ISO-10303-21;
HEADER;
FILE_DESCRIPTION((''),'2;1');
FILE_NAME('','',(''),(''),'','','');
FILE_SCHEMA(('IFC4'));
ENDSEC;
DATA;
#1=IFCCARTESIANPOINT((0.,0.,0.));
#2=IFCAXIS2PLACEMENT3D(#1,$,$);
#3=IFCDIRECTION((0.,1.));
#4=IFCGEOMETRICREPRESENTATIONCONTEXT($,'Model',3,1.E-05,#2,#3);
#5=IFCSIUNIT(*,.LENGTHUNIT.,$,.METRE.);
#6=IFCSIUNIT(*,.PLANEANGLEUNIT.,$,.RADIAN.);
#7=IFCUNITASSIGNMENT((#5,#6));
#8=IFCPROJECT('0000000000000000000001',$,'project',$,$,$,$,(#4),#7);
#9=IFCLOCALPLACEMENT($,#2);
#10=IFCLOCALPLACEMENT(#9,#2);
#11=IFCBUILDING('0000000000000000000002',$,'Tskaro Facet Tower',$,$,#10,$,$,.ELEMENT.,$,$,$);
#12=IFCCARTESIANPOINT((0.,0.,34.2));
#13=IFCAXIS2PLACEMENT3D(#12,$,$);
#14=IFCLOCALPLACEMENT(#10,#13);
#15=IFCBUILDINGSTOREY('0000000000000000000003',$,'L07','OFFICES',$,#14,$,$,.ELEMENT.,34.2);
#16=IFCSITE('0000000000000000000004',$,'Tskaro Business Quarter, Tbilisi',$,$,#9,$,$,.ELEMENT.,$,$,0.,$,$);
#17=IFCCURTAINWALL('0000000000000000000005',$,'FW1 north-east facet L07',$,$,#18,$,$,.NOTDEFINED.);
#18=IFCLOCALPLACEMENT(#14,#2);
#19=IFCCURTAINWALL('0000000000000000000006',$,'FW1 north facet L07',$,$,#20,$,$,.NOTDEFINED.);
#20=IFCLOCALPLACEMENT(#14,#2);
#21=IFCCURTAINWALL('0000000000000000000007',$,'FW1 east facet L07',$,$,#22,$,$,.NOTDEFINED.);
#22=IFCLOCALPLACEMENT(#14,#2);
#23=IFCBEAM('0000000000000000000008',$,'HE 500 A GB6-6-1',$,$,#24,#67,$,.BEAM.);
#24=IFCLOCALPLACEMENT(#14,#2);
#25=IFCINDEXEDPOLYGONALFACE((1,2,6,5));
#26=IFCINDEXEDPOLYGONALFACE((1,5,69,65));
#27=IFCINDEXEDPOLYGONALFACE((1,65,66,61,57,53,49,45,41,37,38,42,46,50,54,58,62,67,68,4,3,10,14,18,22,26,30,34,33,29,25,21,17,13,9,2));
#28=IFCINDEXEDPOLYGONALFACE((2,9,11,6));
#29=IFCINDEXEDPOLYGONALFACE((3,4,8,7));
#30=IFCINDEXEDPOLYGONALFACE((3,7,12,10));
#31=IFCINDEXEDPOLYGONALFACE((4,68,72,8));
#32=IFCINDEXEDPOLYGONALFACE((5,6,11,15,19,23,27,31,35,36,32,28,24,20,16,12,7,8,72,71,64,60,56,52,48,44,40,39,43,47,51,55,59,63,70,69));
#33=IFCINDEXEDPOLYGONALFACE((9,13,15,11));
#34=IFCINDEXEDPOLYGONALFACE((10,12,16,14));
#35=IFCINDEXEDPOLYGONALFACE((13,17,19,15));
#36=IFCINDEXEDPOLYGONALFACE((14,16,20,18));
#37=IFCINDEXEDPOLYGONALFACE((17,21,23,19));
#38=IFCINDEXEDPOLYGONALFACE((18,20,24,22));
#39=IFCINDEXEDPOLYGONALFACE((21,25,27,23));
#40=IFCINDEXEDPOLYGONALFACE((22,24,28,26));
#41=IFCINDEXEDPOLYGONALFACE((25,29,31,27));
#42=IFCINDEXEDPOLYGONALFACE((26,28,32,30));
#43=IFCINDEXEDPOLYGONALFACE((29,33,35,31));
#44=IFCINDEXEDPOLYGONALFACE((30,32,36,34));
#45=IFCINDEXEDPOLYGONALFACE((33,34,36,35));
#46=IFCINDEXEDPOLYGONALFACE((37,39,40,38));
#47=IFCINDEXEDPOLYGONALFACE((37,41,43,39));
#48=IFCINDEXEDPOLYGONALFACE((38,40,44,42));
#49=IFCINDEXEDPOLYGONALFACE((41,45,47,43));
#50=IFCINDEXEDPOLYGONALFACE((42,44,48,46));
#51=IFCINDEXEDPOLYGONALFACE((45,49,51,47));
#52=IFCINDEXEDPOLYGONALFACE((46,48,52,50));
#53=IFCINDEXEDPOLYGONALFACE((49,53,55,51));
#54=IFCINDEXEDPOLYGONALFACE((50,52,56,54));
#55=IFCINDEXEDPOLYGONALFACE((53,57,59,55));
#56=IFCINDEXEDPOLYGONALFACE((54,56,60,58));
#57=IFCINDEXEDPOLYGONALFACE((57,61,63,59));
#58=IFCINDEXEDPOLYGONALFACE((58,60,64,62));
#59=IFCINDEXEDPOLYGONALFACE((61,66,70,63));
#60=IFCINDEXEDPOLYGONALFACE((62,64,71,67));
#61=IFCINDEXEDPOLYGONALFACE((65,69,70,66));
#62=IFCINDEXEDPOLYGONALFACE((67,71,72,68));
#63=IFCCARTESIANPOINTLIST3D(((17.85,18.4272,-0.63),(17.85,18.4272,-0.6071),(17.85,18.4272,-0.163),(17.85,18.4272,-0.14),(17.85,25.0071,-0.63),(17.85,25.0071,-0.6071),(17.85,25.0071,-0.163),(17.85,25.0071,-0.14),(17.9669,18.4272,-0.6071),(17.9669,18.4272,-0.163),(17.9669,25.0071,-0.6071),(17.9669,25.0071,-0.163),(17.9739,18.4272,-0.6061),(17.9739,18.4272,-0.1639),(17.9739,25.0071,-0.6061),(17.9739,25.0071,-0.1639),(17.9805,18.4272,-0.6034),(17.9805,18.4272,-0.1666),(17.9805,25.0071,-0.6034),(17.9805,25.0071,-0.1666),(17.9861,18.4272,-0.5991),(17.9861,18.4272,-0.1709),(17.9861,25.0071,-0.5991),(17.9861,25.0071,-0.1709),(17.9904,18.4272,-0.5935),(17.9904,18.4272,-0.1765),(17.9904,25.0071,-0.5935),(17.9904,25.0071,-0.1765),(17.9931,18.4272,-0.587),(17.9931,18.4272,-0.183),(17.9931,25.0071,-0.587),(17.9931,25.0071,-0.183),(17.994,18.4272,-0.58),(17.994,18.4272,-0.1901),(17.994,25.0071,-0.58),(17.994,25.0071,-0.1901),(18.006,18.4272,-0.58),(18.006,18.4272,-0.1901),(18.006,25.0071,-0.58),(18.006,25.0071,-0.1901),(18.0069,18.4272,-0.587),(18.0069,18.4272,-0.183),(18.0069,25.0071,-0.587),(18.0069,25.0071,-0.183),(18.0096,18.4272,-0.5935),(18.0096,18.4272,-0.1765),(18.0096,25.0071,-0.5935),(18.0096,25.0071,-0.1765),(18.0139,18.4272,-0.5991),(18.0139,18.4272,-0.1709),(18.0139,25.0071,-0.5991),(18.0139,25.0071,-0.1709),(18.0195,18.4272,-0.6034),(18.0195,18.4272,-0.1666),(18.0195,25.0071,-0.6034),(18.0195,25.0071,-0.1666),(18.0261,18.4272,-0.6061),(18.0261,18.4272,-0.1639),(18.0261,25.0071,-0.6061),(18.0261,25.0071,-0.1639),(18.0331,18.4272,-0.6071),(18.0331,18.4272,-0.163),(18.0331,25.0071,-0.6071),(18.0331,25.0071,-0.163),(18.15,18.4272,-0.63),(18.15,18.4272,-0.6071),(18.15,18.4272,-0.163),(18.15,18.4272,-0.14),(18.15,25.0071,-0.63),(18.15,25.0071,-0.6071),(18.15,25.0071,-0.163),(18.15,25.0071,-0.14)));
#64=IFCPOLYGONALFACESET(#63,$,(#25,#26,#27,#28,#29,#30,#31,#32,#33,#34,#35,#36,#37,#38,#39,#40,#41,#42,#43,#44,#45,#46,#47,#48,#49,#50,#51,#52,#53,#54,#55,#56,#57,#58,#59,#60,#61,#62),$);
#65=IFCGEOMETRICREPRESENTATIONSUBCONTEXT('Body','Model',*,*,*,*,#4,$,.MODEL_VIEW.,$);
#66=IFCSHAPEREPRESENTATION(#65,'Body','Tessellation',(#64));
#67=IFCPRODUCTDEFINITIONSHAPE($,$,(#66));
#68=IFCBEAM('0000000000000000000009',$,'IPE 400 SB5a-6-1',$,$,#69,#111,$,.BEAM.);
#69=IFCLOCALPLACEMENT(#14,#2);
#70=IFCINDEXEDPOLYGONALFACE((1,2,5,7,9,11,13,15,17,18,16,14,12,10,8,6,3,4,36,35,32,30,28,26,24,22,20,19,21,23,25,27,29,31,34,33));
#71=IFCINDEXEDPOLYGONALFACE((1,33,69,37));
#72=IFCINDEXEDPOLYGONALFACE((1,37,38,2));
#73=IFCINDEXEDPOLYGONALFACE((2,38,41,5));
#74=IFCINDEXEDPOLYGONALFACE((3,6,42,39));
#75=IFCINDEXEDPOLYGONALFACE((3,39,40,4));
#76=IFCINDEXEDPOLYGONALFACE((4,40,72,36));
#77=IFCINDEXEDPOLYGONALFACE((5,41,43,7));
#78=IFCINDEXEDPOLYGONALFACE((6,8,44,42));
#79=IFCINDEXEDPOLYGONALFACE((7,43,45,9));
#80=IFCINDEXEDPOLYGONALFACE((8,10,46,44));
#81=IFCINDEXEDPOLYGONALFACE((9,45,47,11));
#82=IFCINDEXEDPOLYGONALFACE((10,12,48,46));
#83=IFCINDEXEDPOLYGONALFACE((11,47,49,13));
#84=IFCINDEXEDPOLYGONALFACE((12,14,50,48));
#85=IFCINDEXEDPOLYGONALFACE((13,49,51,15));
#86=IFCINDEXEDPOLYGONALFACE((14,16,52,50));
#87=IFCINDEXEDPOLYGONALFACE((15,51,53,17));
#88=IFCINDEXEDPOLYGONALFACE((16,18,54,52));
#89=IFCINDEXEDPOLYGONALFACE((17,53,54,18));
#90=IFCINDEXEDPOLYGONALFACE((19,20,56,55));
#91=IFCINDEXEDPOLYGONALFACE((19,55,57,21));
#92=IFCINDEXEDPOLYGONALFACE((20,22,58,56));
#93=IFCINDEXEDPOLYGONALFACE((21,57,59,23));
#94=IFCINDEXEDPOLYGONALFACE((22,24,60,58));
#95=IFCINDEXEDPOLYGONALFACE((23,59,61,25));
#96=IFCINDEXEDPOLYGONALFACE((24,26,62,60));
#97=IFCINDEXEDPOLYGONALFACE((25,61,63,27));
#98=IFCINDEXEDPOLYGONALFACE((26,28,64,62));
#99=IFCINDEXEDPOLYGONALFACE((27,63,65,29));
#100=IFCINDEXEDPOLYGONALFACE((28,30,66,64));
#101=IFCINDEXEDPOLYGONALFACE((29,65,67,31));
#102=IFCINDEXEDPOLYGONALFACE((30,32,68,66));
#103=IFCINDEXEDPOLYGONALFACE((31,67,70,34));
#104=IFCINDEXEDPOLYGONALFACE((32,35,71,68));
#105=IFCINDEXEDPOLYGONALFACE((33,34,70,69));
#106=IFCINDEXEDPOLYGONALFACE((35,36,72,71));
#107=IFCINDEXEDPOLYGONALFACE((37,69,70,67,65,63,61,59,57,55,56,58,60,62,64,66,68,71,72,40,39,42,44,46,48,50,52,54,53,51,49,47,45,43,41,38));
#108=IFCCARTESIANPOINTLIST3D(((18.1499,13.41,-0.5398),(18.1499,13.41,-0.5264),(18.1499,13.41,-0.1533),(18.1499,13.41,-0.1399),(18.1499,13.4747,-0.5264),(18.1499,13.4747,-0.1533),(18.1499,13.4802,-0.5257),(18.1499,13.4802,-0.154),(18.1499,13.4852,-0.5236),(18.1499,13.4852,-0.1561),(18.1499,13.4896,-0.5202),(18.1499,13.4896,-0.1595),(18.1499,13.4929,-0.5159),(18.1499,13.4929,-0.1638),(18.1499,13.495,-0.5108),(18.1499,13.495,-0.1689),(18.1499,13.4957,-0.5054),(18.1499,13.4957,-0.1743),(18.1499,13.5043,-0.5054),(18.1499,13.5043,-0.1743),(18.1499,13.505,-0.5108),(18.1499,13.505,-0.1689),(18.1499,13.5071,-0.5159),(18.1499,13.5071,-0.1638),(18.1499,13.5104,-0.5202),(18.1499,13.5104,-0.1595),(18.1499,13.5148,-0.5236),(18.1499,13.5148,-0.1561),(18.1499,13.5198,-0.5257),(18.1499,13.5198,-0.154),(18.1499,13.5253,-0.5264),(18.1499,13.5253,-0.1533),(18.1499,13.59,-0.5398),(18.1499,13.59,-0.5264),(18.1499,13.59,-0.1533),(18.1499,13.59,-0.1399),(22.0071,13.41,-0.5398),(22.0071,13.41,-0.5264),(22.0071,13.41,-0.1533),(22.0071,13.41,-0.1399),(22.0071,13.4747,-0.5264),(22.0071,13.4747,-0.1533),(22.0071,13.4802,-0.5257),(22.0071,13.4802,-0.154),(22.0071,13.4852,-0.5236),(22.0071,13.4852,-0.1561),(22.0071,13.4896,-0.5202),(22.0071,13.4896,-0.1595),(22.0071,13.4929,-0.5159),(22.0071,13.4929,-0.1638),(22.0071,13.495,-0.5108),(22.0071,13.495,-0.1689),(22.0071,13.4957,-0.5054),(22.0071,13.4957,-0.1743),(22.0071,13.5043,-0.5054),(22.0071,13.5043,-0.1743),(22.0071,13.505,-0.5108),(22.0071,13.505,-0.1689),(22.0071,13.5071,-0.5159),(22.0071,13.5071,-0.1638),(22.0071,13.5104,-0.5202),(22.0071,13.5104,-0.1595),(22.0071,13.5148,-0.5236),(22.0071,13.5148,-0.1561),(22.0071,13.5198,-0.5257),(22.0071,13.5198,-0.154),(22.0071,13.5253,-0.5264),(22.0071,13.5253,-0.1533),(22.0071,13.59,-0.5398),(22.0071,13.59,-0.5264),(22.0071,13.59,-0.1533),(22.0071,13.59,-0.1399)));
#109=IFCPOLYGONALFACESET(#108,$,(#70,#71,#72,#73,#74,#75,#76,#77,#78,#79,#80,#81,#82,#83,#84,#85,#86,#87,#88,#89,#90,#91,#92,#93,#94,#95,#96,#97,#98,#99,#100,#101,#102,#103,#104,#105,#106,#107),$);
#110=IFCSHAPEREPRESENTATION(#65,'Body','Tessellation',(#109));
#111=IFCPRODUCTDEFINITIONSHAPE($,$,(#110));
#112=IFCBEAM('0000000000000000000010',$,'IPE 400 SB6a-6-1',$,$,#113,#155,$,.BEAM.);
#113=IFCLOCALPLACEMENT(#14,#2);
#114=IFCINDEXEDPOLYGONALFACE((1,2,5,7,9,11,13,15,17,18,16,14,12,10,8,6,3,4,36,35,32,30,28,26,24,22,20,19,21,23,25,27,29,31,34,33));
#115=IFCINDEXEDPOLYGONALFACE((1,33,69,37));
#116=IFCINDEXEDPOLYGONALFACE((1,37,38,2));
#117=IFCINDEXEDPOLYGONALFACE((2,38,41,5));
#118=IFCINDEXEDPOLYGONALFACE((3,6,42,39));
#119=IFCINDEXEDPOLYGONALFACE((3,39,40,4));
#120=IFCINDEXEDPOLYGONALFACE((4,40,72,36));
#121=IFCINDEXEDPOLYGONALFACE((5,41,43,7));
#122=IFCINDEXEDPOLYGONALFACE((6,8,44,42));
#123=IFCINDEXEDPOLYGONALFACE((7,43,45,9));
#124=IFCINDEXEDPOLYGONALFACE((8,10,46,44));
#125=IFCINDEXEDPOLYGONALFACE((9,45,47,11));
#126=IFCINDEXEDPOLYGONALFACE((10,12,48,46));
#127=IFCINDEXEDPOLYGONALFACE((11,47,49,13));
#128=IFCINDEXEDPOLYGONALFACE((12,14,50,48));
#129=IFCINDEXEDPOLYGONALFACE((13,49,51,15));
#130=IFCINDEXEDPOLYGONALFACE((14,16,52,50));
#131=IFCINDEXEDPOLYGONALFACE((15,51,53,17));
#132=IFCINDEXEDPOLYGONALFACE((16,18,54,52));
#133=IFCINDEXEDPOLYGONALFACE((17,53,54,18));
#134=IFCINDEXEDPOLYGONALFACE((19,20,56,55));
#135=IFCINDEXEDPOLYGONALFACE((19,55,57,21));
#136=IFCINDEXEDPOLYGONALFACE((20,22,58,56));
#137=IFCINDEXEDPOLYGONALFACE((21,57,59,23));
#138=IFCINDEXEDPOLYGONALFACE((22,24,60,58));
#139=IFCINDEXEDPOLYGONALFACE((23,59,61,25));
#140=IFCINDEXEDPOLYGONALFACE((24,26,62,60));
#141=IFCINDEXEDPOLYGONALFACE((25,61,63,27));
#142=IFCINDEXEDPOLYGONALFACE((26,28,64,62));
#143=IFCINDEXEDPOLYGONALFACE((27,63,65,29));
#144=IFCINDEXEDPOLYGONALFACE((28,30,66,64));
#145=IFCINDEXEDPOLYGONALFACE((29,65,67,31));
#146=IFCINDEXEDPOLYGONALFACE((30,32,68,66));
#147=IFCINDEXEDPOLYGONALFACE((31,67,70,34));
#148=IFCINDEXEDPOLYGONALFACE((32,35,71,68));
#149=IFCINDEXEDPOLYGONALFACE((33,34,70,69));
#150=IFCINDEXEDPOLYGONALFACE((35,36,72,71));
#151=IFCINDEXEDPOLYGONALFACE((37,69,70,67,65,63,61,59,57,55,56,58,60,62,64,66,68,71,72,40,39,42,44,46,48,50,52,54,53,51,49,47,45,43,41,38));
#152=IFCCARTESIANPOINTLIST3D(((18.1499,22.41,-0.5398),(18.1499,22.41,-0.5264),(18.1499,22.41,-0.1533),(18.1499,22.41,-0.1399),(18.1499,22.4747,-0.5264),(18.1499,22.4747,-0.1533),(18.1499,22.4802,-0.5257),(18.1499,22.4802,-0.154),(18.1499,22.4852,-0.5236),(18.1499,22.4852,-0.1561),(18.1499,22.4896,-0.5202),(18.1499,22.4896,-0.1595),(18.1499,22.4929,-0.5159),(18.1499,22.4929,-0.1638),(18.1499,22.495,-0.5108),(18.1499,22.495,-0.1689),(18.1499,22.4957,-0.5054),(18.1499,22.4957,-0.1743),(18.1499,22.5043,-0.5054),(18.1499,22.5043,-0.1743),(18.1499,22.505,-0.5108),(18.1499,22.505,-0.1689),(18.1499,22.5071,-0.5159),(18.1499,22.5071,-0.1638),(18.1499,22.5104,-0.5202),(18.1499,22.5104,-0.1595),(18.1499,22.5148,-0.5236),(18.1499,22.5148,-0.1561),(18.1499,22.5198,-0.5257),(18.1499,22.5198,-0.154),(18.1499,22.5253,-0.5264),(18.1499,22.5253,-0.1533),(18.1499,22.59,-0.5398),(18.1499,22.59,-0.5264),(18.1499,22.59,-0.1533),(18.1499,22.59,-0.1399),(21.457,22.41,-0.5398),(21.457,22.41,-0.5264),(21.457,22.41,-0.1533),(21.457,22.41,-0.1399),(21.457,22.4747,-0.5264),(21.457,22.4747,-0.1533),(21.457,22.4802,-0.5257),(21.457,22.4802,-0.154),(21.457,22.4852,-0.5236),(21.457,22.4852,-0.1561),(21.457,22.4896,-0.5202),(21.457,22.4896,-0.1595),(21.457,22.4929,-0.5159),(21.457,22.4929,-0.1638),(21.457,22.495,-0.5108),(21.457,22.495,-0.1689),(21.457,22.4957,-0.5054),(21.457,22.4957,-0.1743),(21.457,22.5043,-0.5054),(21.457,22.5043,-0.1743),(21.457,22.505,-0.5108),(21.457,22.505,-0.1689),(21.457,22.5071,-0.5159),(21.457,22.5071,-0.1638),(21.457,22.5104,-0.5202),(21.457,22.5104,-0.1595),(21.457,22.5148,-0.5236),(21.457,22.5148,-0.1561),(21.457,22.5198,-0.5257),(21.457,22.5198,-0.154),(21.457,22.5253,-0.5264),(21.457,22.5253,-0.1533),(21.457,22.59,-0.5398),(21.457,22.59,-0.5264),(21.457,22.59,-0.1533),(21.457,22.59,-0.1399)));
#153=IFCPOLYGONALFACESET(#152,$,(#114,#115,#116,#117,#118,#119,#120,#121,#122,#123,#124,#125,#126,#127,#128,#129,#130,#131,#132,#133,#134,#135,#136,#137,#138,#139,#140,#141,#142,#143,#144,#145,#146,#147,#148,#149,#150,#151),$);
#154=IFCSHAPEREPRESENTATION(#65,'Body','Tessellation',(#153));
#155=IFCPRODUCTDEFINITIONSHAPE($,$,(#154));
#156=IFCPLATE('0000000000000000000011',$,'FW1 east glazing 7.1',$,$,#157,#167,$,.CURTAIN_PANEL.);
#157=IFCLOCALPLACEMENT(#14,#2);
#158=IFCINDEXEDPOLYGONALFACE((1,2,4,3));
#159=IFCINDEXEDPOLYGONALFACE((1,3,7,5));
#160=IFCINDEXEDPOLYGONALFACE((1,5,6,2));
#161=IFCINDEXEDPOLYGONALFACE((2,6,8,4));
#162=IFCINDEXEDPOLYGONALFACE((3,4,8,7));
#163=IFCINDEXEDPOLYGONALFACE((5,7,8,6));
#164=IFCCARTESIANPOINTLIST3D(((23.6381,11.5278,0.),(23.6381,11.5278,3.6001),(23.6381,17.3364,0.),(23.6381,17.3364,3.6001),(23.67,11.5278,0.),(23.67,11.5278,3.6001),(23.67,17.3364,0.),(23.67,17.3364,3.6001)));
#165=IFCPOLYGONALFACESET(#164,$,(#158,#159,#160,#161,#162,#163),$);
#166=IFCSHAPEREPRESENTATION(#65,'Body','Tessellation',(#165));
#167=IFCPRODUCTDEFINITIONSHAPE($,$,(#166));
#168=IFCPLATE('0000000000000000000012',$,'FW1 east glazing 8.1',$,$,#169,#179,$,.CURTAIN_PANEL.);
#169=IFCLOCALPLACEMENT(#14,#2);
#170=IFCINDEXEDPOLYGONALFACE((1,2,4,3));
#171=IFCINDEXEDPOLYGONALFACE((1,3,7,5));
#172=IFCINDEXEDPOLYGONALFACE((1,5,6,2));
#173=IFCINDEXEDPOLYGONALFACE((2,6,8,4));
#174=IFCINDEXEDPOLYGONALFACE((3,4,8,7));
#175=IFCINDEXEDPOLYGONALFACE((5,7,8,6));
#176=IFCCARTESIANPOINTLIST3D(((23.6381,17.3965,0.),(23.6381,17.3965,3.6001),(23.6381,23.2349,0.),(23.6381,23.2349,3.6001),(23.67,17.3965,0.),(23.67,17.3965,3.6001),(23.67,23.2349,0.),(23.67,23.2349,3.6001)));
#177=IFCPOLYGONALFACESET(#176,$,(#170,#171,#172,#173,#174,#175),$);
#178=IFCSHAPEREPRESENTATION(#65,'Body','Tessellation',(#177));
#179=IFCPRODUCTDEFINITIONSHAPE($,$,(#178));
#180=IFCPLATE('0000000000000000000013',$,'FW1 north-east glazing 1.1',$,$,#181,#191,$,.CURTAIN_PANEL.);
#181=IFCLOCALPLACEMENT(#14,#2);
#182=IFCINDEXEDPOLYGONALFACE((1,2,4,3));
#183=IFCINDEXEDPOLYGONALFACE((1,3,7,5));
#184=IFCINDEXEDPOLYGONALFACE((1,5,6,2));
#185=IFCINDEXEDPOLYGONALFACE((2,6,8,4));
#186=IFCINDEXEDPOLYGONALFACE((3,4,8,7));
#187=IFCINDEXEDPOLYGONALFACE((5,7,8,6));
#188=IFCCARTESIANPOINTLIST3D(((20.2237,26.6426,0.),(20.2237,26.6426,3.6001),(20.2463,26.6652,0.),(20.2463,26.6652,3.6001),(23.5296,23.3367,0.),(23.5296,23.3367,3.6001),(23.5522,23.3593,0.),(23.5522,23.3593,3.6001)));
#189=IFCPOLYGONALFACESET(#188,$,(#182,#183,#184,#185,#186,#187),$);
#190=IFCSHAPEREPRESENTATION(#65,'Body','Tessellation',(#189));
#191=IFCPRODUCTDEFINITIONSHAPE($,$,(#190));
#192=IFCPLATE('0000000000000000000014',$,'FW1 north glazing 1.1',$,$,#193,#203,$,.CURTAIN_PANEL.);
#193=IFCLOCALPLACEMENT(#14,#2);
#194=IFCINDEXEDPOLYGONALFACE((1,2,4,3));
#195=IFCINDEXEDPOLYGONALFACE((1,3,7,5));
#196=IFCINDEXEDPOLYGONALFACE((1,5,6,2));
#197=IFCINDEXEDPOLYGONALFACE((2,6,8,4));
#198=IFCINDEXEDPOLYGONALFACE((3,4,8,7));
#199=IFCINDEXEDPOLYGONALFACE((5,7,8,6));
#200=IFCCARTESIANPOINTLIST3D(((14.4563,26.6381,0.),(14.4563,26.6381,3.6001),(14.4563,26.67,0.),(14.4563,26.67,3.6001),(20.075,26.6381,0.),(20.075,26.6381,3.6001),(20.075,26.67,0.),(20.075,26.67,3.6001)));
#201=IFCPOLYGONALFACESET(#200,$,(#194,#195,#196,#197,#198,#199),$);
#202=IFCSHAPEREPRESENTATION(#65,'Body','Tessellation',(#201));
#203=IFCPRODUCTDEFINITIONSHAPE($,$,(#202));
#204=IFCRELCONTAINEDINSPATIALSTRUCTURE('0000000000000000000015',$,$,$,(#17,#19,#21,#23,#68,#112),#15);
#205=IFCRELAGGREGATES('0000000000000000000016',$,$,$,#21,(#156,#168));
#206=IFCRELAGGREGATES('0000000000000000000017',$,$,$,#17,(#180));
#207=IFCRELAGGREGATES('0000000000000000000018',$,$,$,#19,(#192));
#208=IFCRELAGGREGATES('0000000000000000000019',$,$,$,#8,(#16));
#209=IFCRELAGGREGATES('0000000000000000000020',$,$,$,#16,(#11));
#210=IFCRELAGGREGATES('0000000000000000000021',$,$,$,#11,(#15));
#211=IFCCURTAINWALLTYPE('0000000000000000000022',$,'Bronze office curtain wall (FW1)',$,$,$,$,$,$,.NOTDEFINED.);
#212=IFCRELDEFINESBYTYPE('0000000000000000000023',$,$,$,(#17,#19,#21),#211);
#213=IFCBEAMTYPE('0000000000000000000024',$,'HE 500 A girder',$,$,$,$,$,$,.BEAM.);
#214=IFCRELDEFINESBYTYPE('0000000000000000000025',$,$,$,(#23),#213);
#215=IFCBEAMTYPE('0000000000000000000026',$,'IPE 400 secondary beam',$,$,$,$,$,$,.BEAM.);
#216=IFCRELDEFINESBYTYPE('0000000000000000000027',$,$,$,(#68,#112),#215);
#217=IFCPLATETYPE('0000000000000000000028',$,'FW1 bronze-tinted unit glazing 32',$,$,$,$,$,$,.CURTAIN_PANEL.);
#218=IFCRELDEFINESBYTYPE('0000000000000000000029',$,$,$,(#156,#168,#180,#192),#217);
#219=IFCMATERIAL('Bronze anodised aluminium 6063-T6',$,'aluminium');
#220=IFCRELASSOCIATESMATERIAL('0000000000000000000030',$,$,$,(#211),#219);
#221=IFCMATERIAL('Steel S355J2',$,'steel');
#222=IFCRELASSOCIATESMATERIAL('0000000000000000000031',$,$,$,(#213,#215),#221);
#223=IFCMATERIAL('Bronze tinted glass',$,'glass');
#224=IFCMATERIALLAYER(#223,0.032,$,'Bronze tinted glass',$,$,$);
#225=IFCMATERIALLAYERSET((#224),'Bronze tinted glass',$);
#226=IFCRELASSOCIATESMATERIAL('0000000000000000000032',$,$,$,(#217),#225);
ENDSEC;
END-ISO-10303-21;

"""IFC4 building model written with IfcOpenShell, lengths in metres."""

from ifc_helpers import new_model, si_unit, direction, frame, origin, origin_2d, place, context, subcontext, project, spatial, rectangle, i_section, extrude, material, layer, layer_set, material_profile, profile_set, type_object, element, aggregate, save


model = new_model("IFC4")

# Units and contexts
model_context = context("Model", 3, precision=1e-05, world=origin(), true_north=direction((0.0, 1.0)))
body_context = subcontext(model_context, "Body", "Model", "MODEL_VIEW")
ifc_project = project(units=[si_unit("LENGTHUNIT", "METRE"), si_unit("PLANEANGLEUNIT", "RADIAN")], contexts=[model_context])

# Site, building, storey
site_placement = place(None, origin())
site = spatial("IfcSite", under=ifc_project, at=site_placement, Name="Tskaro Business Quarter, Tbilisi", CompositionType="ELEMENT", RefElevation=0.0)
building_placement = place(site_placement, origin())
building = spatial("IfcBuilding", under=site, at=building_placement, Name="Tskaro Facet Tower", CompositionType="ELEMENT")
storey_placement = place(building_placement, frame((0.0, 0.0, 34.2)))
storey = spatial("IfcBuildingStorey", under=building, at=storey_placement, Name="L07", Description="OFFICES", CompositionType="ELEMENT", Elevation=34.2)

# Curtain walls
ifc_material_1 = material(Name="Bronze anodised aluminium 6063-T6", Category="aluminium")
curtain_wall_type = type_object("IfcCurtainWallType", Name="Bronze office curtain wall (FW1)", PredefinedType="NOTDEFINED", material=ifc_material_1)
curtain_wall_1_placement = place(storey_placement, origin())
curtain_wall_1 = element("IfcCurtainWall", 1, at=curtain_wall_1_placement, inside=storey, type_object=curtain_wall_type, Name="FW1 north-east facet L07", PredefinedType="NOTDEFINED")
curtain_wall_2_placement = place(storey_placement, origin())
curtain_wall_2 = element("IfcCurtainWall", 2, at=curtain_wall_2_placement, inside=storey, type_object=curtain_wall_type, Name="FW1 north facet L07", PredefinedType="NOTDEFINED")

# Curtain wall
curtain_wall_3_placement = place(storey_placement, origin())
curtain_wall_3 = element("IfcCurtainWall", 3, at=curtain_wall_3_placement, inside=storey, type_object=curtain_wall_type, Name="FW1 east facet L07", PredefinedType="NOTDEFINED")

# Beams
ifc_material_2 = material(Name="Steel S355J2", Category="steel")
ifc_material_profile_1 = material_profile(ifc_material_2, i_section(OverallWidth=0.3, OverallDepth=0.49, WebThickness=0.012, FlangeThickness=0.0229, FilletRadius=0.0271, at=origin_2d()), Name="HE 500 A")
ifc_profile_set_1 = profile_set([ifc_material_profile_1], Name="Steel S355J2")
beam_type_1 = type_object("IfcBeamType", Name="HE 500 A girder", PredefinedType="BEAM", material=ifc_profile_set_1)
beam_1_placement = place(storey_placement, frame((18.0, 18.4272, -0.385), z_axis=(0.0, 1.0, 0.0), x_axis=(-1.0, 0.0, 0.0)))
element("IfcBeam", 4, at=beam_1_placement, inside=storey, type_object=beam_type_1, Name="HE 500 A GB6-6-1", PredefinedType="BEAM", context=body_context, shape_type="SweptSolid", body=[
    extrude(i_section(OverallWidth=0.3, OverallDepth=0.49, WebThickness=0.012, FlangeThickness=0.0229, FilletRadius=0.0271, at=origin_2d()), origin(), (0.0, 0.0, 1.0), 6.5798),
])
ifc_material_profile_2 = material_profile(ifc_material_2, i_section(OverallWidth=0.1799, OverallDepth=0.3999, WebThickness=0.0085, FlangeThickness=0.0134, FilletRadius=0.021, at=origin_2d()), Name="IPE 400")
ifc_profile_set_2 = profile_set([ifc_material_profile_2], Name="Steel S355J2")
beam_type_2 = type_object("IfcBeamType", Name="IPE 400 secondary beam", PredefinedType="BEAM", material=ifc_profile_set_2)
beam_2_placement = place(storey_placement, frame((18.1499, 13.5, -0.3398), z_axis=(1.0, 0.0, 0.0), x_axis=(0.0, 1.0, 0.0)))
element("IfcBeam", 5, at=beam_2_placement, inside=storey, type_object=beam_type_2, Name="IPE 400 SB5a-6-1", PredefinedType="BEAM", context=body_context, shape_type="SweptSolid", body=[
    extrude(i_section(OverallWidth=0.1799, OverallDepth=0.3999, WebThickness=0.0085, FlangeThickness=0.0134, FilletRadius=0.021, at=origin_2d()), origin(), (0.0, 0.0, 1.0), 3.8572),
])
beam_3_placement = place(storey_placement, frame((18.1499, 22.5, -0.3398), z_axis=(1.0, 0.0, 0.0), x_axis=(0.0, 1.0, 0.0)))
element("IfcBeam", 6, at=beam_3_placement, inside=storey, type_object=beam_type_2, Name="IPE 400 SB6a-6-1", PredefinedType="BEAM", context=body_context, shape_type="SweptSolid", body=[
    extrude(i_section(OverallWidth=0.1799, OverallDepth=0.3999, WebThickness=0.0085, FlangeThickness=0.0134, FilletRadius=0.021, at=origin_2d()), origin(), (0.0, 0.0, 1.0), 3.3071),
])

# Plates
ifc_material_3 = material(Name="Bronze tinted glass", Category="glass")
ifc_layer_1 = layer(ifc_material_3, 0.032, Name="Bronze tinted glass")
ifc_layer_set_1 = layer_set([ifc_layer_1], Name="Bronze tinted glass")
plate_type = type_object("IfcPlateType", Name="FW1 bronze-tinted unit glazing 32", PredefinedType="CURTAIN_PANEL", material=ifc_layer_set_1)
plate_1_placement = place(storey_placement, frame((23.6541, 14.4321, 0.0), z_axis=(0.0, 0.0, 1.0), x_axis=(0.0, 1.0, 0.0)))
plate_1 = element("IfcPlate", 7, at=plate_1_placement, type_object=plate_type, Name="FW1 east glazing 7.1", PredefinedType="CURTAIN_PANEL", context=body_context, shape_type="SweptSolid", body=[
    extrude(rectangle(XDim=5.8086, YDim=0.032, at=origin_2d()), origin(), (0.0, 0.0, 1.0), 3.6001),
])
plate_2_placement = place(storey_placement, frame((23.6541, 20.3157, 0.0), z_axis=(0.0, 0.0, 1.0), x_axis=(0.0, 1.0, 0.0)))
plate_2 = element("IfcPlate", 8, at=plate_2_placement, type_object=plate_type, Name="FW1 east glazing 8.1", PredefinedType="CURTAIN_PANEL", context=body_context, shape_type="SweptSolid", body=[
    extrude(rectangle(XDim=5.8384, YDim=0.032, at=origin_2d()), origin(), (0.0, 0.0, 1.0), 3.6001),
])
aggregate(curtain_wall_3, [plate_1, plate_2])
plate_3_placement = place(storey_placement, frame((21.8879, 25.001, 0.0), z_axis=(0.0, 0.0, 1.0), x_axis=(-0.707107, 0.707107, 0.0)))
plate_3 = element("IfcPlate", 9, at=plate_3_placement, type_object=plate_type, Name="FW1 north-east glazing 1.1", PredefinedType="CURTAIN_PANEL", context=body_context, shape_type="SweptSolid", body=[
    extrude(rectangle(XDim=4.6753, YDim=0.032, at=origin_2d()), origin(), (0.0, 0.0, 1.0), 3.6001),
])
aggregate(curtain_wall_1, [plate_3])
plate_4_placement = place(storey_placement, frame((17.2656, 26.6541, 0.0), z_axis=(0.0, 0.0, 1.0), x_axis=(-1.0, 0.0, 0.0)))
plate_4 = element("IfcPlate", 10, at=plate_4_placement, type_object=plate_type, Name="FW1 north glazing 1.1", PredefinedType="CURTAIN_PANEL", context=body_context, shape_type="SweptSolid", body=[
    extrude(rectangle(XDim=5.6187, YDim=0.032, at=origin_2d()), origin(), (0.0, 0.0, 1.0), 3.6001),
])
aggregate(curtain_wall_2, [plate_4])

save(model, "model.ifc")
